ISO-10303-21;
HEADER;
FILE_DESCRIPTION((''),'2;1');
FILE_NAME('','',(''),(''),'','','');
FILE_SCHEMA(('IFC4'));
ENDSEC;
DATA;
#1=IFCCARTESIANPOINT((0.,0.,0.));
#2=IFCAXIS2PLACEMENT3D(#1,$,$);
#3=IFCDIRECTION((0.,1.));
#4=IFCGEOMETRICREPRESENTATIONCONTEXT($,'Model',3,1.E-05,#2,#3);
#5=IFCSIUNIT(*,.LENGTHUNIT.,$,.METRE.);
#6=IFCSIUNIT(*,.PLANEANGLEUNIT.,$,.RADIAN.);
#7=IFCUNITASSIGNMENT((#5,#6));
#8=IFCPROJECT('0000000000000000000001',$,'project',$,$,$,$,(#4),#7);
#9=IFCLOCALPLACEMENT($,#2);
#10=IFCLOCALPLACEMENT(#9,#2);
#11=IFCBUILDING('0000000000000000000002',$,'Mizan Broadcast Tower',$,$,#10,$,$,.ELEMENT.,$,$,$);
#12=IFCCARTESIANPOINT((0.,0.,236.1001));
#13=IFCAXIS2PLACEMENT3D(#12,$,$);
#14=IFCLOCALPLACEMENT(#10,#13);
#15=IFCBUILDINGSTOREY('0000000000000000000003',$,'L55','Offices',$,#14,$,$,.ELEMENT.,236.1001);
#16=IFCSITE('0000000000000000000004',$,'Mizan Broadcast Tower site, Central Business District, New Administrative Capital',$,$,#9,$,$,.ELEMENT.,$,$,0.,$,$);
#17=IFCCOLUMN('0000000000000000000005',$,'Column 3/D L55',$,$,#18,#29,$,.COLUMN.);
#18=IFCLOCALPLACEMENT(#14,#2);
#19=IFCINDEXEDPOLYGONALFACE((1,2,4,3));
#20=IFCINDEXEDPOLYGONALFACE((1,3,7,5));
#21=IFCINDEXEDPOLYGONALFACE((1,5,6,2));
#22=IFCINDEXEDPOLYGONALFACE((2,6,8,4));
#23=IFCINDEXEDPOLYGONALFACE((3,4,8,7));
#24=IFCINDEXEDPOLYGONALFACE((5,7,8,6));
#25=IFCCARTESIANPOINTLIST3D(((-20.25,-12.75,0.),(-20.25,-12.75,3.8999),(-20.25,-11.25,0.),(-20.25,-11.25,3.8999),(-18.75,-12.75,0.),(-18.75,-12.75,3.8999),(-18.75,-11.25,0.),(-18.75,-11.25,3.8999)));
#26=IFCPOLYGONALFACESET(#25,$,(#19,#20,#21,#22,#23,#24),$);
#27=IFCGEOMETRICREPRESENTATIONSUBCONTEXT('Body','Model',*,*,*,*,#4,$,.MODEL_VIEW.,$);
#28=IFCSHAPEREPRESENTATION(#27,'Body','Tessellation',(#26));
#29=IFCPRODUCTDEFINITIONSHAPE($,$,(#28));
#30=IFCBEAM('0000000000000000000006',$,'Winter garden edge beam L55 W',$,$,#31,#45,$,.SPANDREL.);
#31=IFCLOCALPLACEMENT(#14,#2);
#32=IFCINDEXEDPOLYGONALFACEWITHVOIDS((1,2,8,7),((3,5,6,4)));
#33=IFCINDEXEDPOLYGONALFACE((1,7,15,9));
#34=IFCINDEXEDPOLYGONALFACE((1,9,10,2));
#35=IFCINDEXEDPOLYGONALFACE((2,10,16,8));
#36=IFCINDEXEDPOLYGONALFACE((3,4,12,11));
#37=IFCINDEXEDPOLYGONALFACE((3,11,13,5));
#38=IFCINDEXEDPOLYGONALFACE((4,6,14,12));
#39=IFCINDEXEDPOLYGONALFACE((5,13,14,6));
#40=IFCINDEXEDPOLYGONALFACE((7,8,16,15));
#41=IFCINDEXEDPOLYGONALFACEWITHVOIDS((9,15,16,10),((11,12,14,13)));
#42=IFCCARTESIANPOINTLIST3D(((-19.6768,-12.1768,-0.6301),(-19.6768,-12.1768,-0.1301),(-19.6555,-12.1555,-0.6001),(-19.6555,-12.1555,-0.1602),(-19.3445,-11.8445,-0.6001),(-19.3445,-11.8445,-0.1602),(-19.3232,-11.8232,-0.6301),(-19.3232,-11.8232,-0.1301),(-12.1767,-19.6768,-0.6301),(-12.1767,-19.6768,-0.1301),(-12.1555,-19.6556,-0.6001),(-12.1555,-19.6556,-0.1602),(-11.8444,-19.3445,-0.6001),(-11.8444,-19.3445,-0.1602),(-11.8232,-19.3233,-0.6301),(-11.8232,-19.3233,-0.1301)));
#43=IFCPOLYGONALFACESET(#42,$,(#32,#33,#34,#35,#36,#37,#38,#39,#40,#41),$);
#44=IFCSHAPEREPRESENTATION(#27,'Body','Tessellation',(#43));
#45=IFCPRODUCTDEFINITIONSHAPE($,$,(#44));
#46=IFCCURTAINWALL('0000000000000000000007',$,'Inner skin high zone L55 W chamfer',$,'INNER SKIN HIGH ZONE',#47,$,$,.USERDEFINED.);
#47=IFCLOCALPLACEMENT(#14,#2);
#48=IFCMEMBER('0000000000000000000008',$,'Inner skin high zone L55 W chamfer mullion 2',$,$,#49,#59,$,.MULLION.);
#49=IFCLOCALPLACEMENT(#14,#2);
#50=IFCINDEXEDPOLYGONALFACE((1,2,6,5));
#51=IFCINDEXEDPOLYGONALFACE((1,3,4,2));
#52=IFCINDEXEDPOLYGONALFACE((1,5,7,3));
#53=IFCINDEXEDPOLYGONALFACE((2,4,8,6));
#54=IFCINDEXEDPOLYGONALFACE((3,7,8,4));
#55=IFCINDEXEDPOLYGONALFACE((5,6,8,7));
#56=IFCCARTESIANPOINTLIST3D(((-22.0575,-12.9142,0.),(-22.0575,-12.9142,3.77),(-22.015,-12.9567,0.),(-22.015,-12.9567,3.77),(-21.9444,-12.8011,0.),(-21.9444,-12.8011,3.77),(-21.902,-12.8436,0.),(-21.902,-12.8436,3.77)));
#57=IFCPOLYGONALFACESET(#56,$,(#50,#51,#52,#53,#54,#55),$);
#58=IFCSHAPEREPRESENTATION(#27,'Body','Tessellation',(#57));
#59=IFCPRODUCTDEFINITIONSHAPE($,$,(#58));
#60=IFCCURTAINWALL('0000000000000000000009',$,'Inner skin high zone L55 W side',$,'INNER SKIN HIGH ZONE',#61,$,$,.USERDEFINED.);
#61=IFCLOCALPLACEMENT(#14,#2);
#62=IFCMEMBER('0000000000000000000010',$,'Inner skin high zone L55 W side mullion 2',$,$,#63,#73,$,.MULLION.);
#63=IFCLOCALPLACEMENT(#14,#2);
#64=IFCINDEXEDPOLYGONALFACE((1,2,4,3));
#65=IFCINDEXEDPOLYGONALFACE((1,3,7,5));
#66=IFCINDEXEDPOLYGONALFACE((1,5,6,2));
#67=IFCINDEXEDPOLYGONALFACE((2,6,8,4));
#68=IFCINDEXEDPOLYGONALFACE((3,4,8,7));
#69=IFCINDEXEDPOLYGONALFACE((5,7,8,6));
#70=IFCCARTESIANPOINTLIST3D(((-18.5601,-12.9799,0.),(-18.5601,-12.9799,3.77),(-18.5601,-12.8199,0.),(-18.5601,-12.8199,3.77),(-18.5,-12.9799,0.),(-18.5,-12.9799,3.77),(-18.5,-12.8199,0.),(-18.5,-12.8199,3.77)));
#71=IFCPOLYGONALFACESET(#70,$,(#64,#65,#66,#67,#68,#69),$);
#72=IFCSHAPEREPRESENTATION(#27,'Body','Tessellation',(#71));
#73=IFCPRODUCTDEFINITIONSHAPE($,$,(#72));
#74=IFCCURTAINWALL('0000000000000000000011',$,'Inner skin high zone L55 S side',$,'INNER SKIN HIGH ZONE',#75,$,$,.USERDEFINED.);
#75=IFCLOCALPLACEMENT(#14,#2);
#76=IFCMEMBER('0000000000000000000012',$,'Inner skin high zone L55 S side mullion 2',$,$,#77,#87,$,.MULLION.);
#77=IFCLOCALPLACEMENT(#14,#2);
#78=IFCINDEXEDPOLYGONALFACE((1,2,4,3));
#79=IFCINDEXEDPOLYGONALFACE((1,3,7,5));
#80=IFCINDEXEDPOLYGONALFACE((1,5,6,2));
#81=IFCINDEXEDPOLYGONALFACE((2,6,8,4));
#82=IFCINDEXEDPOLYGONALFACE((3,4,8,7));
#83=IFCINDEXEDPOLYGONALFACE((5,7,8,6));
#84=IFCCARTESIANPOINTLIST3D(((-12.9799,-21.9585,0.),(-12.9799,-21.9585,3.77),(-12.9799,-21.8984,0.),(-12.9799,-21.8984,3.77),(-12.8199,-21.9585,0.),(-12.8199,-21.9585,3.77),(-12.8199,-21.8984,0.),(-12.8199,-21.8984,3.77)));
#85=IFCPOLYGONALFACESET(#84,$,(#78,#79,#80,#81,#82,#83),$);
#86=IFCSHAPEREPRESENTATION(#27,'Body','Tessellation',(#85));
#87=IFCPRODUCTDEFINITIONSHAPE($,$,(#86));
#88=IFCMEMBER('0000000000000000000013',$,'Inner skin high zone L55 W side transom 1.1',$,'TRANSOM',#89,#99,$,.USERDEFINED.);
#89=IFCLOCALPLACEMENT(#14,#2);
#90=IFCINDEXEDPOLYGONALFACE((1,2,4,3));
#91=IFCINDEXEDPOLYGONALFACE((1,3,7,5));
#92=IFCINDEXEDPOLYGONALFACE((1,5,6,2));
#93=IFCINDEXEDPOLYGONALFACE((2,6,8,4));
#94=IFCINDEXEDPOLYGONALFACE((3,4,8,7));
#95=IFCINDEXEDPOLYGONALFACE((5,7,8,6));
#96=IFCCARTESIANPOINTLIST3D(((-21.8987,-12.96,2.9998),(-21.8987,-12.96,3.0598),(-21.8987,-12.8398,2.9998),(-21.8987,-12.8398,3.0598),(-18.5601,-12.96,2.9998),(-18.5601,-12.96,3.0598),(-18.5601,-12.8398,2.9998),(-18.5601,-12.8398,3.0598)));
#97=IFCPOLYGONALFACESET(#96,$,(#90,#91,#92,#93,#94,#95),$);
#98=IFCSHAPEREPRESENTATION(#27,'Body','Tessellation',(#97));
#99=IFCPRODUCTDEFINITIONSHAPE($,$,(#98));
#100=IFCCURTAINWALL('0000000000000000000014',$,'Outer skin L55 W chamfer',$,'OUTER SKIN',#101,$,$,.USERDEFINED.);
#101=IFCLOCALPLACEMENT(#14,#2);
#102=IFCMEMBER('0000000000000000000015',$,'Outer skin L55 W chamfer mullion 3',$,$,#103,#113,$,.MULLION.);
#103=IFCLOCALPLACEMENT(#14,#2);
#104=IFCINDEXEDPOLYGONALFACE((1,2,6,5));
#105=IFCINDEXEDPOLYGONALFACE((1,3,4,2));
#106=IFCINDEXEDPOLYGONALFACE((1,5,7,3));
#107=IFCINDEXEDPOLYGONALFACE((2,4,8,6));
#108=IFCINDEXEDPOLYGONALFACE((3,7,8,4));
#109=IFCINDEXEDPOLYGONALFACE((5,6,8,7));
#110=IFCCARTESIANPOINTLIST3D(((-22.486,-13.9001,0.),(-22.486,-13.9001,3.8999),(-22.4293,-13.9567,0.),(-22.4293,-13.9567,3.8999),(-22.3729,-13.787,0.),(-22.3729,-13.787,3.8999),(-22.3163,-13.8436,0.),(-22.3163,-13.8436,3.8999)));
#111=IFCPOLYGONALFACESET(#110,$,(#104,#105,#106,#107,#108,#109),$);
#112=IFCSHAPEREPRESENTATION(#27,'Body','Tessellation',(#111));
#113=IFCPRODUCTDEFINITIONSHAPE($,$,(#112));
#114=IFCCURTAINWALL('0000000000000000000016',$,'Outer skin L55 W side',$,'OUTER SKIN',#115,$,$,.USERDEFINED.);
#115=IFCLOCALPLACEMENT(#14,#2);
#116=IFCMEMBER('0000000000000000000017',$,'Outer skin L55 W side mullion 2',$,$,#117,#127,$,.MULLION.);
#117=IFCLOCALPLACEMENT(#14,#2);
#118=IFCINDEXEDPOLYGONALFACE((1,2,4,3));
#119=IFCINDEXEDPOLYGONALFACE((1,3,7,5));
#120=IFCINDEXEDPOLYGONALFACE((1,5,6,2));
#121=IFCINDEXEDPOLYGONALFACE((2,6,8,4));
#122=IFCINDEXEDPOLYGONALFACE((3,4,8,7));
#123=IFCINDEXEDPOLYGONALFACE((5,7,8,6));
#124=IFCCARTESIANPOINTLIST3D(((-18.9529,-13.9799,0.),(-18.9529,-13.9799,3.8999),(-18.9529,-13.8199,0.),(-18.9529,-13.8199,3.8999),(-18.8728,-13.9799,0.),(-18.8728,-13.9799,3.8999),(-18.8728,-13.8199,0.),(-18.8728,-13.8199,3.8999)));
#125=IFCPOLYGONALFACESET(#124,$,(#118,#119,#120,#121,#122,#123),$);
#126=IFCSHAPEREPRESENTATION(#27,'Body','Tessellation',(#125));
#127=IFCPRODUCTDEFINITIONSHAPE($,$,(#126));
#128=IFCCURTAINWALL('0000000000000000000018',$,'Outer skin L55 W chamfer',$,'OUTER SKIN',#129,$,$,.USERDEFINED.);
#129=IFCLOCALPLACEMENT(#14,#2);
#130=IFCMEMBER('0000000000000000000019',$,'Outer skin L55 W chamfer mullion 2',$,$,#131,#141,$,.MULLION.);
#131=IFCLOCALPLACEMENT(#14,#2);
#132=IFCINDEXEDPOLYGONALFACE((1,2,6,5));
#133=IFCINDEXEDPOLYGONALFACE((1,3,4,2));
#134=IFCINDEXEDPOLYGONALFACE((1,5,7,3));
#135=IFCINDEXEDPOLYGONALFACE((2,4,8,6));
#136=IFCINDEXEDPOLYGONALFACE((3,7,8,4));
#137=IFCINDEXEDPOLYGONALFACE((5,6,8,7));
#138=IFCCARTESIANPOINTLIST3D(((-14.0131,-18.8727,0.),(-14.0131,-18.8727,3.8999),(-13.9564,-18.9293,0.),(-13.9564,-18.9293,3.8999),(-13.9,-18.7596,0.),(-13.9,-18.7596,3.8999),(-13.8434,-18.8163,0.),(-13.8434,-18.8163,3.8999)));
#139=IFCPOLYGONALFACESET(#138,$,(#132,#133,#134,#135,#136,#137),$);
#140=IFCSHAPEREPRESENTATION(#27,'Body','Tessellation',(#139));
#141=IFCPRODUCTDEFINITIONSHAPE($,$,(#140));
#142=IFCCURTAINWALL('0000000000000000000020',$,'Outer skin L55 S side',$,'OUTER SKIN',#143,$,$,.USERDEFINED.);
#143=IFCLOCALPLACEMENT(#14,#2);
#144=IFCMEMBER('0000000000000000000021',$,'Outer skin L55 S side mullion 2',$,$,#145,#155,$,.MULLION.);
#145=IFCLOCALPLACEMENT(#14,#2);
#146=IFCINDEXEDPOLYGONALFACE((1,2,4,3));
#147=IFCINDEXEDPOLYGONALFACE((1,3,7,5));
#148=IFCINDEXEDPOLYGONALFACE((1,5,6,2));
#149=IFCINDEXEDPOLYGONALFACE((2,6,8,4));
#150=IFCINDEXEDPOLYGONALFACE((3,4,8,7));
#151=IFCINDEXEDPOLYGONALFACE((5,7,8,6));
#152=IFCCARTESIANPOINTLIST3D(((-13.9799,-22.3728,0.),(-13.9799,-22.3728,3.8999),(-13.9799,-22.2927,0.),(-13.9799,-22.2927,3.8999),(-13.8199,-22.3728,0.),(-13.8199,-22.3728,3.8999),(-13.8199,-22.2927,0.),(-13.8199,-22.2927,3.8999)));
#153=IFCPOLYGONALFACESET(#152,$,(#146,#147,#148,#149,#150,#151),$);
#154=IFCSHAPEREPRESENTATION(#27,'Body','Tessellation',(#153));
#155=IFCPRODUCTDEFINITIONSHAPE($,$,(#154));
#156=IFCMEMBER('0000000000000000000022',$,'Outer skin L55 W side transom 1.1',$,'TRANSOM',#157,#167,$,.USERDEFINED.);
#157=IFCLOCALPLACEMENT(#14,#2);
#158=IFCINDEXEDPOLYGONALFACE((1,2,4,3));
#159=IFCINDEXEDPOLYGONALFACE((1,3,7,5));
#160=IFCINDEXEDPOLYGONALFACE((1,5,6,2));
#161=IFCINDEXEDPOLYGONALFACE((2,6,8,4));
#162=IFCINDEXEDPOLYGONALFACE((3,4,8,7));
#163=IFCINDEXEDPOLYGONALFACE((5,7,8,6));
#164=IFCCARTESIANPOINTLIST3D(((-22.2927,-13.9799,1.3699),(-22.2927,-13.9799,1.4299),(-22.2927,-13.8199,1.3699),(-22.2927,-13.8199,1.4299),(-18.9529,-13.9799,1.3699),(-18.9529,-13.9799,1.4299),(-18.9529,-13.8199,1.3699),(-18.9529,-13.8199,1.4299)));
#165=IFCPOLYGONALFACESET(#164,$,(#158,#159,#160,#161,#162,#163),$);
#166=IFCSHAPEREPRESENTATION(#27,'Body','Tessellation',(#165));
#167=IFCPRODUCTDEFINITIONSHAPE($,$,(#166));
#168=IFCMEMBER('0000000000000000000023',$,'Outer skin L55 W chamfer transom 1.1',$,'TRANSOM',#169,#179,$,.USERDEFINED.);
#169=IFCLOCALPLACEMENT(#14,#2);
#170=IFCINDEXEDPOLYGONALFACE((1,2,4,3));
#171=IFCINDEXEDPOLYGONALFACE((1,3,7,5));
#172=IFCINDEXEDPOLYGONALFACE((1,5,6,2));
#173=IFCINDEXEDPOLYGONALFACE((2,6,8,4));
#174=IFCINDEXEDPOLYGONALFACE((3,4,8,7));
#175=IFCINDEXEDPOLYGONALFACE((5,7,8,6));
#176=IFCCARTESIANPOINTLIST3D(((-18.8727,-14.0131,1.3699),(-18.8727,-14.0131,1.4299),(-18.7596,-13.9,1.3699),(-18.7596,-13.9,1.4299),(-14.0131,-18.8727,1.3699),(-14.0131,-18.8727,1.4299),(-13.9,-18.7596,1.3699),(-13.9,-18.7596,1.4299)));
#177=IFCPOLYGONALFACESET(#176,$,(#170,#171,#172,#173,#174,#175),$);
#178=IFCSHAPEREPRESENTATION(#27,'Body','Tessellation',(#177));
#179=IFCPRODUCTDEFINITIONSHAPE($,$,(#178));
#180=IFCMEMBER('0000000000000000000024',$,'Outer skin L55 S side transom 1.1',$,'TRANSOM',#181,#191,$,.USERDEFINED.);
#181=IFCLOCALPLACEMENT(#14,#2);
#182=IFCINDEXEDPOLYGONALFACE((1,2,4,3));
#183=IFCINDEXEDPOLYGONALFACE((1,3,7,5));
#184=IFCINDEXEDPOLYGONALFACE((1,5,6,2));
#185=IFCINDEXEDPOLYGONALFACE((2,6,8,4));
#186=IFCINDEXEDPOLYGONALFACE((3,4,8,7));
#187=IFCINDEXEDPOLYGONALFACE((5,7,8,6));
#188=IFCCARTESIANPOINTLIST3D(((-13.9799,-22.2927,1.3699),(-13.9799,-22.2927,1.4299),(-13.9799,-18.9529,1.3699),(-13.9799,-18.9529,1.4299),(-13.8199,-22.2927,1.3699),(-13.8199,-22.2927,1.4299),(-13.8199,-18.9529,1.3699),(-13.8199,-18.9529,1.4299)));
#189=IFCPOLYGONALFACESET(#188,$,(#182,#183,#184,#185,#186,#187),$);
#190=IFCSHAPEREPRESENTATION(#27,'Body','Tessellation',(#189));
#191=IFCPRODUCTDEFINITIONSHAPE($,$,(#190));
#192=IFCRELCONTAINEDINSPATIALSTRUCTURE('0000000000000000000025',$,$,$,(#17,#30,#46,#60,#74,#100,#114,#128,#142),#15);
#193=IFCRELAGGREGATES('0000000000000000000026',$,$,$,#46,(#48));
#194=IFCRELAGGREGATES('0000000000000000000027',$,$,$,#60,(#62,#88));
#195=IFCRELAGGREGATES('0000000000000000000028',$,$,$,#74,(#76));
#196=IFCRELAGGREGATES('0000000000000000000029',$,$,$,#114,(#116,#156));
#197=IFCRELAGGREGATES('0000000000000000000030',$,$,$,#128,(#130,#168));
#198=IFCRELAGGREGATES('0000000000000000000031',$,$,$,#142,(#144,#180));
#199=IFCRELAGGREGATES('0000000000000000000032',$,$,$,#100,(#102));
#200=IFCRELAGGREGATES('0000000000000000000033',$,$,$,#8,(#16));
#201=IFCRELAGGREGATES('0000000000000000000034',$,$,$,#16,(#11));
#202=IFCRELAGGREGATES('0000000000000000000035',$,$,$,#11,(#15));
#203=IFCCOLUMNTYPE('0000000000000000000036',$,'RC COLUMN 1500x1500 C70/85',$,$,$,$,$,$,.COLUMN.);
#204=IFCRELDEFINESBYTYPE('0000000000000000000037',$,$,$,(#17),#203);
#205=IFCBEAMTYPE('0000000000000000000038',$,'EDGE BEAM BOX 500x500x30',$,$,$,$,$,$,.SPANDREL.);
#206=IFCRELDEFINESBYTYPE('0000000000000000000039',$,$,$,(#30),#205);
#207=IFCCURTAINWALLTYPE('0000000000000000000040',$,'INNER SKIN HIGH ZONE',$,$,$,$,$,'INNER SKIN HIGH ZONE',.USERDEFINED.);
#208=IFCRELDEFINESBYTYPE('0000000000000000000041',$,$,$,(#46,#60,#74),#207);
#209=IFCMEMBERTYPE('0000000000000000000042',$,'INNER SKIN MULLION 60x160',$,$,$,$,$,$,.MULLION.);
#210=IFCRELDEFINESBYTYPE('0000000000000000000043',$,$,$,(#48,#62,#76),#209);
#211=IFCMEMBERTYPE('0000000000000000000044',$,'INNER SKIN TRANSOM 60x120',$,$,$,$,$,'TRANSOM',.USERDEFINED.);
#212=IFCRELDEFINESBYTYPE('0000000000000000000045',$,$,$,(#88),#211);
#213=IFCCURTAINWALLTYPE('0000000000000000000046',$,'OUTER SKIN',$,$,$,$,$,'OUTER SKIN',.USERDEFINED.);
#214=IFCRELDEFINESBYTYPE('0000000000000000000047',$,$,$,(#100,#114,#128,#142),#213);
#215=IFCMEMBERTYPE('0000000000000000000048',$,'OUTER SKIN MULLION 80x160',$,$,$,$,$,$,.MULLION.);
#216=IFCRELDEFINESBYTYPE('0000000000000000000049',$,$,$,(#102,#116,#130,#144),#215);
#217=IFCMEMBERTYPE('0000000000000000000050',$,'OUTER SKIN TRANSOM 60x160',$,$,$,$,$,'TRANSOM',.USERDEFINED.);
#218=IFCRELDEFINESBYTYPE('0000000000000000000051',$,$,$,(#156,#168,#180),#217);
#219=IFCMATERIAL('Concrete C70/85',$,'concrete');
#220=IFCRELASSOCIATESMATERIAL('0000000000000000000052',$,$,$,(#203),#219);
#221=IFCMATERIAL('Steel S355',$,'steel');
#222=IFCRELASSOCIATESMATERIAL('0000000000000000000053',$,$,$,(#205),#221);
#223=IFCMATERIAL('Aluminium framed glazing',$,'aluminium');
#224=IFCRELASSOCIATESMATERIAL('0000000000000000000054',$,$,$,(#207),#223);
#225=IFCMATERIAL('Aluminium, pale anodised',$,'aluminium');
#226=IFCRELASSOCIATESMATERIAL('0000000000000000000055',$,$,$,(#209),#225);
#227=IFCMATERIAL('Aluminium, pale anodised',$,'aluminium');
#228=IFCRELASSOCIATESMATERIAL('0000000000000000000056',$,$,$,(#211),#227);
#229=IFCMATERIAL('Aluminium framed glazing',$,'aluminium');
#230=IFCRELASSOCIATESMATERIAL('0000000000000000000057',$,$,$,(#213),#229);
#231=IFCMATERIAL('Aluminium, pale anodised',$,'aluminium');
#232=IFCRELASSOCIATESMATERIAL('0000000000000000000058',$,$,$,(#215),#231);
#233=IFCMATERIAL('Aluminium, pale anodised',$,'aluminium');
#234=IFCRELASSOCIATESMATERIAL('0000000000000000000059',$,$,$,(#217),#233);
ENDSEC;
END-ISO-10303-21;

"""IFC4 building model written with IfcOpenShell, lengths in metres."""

from ifc_helpers import new_model, si_unit, direction, frame, origin, origin_2d, place, context, subcontext, project, spatial, rectangle, hollow_rectangle, extrude, material, material_profile, profile_set, type_object, element, aggregate, save


model = new_model("IFC4")

# Units and contexts
model_context = context("Model", 3, precision=1e-05, world=origin(), true_north=direction((0.0, 1.0)))
body_context = subcontext(model_context, "Body", "Model", "MODEL_VIEW")
ifc_project = project(units=[si_unit("LENGTHUNIT", "METRE"), si_unit("PLANEANGLEUNIT", "RADIAN")], contexts=[model_context])

# Site, building, storey
site_placement = place(None, origin())
site = spatial("IfcSite", under=ifc_project, at=site_placement, Name="Mizan Broadcast Tower site, Central Business District, New Administrative Capital", CompositionType="ELEMENT", RefElevation=0.0)
building_placement = place(site_placement, origin())
building = spatial("IfcBuilding", under=site, at=building_placement, Name="Mizan Broadcast Tower", CompositionType="ELEMENT")
storey_placement = place(building_placement, frame((0.0, 0.0, 236.1001)))
storey = spatial("IfcBuildingStorey", under=building, at=storey_placement, Name="L55", Description="Offices", CompositionType="ELEMENT", Elevation=236.1001)

# Column
ifc_material_1 = material(Name="Concrete C70/85", Category="concrete")
ifc_material_profile_1 = material_profile(ifc_material_1, rectangle(XDim=1.5, YDim=1.5, at=origin_2d()), Name="RC 1500x1500")
ifc_profile_set_1 = profile_set([ifc_material_profile_1], Name="Concrete C70/85")
column_type = type_object("IfcColumnType", Name="RC COLUMN 1500x1500 C70/85", PredefinedType="COLUMN", material=ifc_profile_set_1)
column_placement = place(storey_placement, frame((-19.5, -12.0, 0.0), z_axis=(0.0, 0.0, 1.0), x_axis=(1.0, 0.0, 0.0)))
element("IfcColumn", 1, at=column_placement, inside=storey, type_object=column_type, Name="Column 3/D L55", PredefinedType="COLUMN", context=body_context, shape_type="SweptSolid", body=[
    extrude(rectangle(XDim=1.5, YDim=1.5, at=origin_2d()), origin(), (0.0, 0.0, 1.0), 3.8999),
])

# Beam
ifc_material_2 = material(Name="Steel S355", Category="steel")
ifc_material_profile_2 = material_profile(ifc_material_2, hollow_rectangle(XDim=0.5, YDim=0.5, WallThickness=0.03, at=origin_2d()), Name="BOX 500x500x30")
ifc_profile_set_2 = profile_set([ifc_material_profile_2], Name="Steel S355")
beam_type = type_object("IfcBeamType", Name="EDGE BEAM BOX 500x500x30", PredefinedType="SPANDREL", material=ifc_profile_set_2)
beam_placement = place(storey_placement, frame((-19.5, -12.0, -0.3801), z_axis=(0.707107, -0.707107, 0.0), x_axis=(0.707107, 0.707107, 0.0)))
element("IfcBeam", 2, at=beam_placement, inside=storey, type_object=beam_type, Name="Winter garden edge beam L55 W", PredefinedType="SPANDREL", context=body_context, shape_type="SweptSolid", body=[
    extrude(hollow_rectangle(XDim=0.5, YDim=0.5, WallThickness=0.03, at=origin_2d()), origin(), (0.0, 0.0, 1.0), 10.6067),
])

# Curtain walls, members
ifc_material_3 = material(Name="Aluminium framed glazing", Category="aluminium")
curtain_wall_type_1 = type_object("IfcCurtainWallType", Name="INNER SKIN HIGH ZONE", ElementType="INNER SKIN HIGH ZONE", PredefinedType="USERDEFINED", material=ifc_material_3)
curtain_wall_1_placement = place(storey_placement, origin())
curtain_wall_1 = element("IfcCurtainWall", 3, at=curtain_wall_1_placement, inside=storey, type_object=curtain_wall_type_1, Name="Inner skin high zone L55 W chamfer", ObjectType="INNER SKIN HIGH ZONE", PredefinedType="USERDEFINED")
ifc_material_4 = material(Name="Aluminium, pale anodised", Category="aluminium")
ifc_material_profile_3 = material_profile(ifc_material_4, rectangle(XDim=0.1599, YDim=0.0601, at=origin_2d()), Name="MULLION 160x60")
ifc_profile_set_3 = profile_set([ifc_material_profile_3], Name="Aluminium, pale anodised")
member_type_1 = type_object("IfcMemberType", Name="INNER SKIN MULLION 60x160", PredefinedType="MULLION", material=ifc_profile_set_3)
member_1_placement = place(storey_placement, frame((-21.9797, -12.8789, 0.0), z_axis=(0.0, 0.0, 1.0), x_axis=(0.707107, 0.707107, 0.0)))
member_1 = element("IfcMember", 4, at=member_1_placement, type_object=member_type_1, Name="Inner skin high zone L55 W chamfer mullion 2", PredefinedType="MULLION", context=body_context, shape_type="SweptSolid", body=[
    extrude(rectangle(XDim=0.1599, YDim=0.0601, at=origin_2d()), origin(), (0.0, 0.0, 1.0), 3.77),
])
aggregate(curtain_wall_1, [member_1])
curtain_wall_2_placement = place(storey_placement, origin())
curtain_wall_2 = element("IfcCurtainWall", 5, at=curtain_wall_2_placement, inside=storey, type_object=curtain_wall_type_1, Name="Inner skin high zone L55 W side", ObjectType="INNER SKIN HIGH ZONE", PredefinedType="USERDEFINED")
member_2_placement = place(storey_placement, frame((-18.53, -12.8999, 0.0), z_axis=(0.0, 0.0, 1.0), x_axis=(0.0, 1.0, 0.0)))
member_2 = element("IfcMember", 6, at=member_2_placement, type_object=member_type_1, Name="Inner skin high zone L55 W side mullion 2", PredefinedType="MULLION", context=body_context, shape_type="SweptSolid", body=[
    extrude(rectangle(XDim=0.1599, YDim=0.0601, at=origin_2d()), origin(), (0.0, 0.0, 1.0), 3.77),
])
curtain_wall_3_placement = place(storey_placement, origin())
curtain_wall_3 = element("IfcCurtainWall", 7, at=curtain_wall_3_placement, inside=storey, type_object=curtain_wall_type_1, Name="Inner skin high zone L55 S side", ObjectType="INNER SKIN HIGH ZONE", PredefinedType="USERDEFINED")
member_3_placement = place(storey_placement, frame((-12.8999, -21.9285, 0.0), z_axis=(0.0, 0.0, 1.0), x_axis=(1.0, 0.0, 0.0)))
member_3 = element("IfcMember", 8, at=member_3_placement, type_object=member_type_1, Name="Inner skin high zone L55 S side mullion 2", PredefinedType="MULLION", context=body_context, shape_type="SweptSolid", body=[
    extrude(rectangle(XDim=0.1599, YDim=0.0601, at=origin_2d()), origin(), (0.0, 0.0, 1.0), 3.77),
])

# Member
ifc_material_5 = material(Name="Aluminium, pale anodised", Category="aluminium")
ifc_material_profile_4 = material_profile(ifc_material_5, rectangle(XDim=0.1201, YDim=0.0601, at=origin_2d()), Name="TRANSOM 120x60")
ifc_profile_set_4 = profile_set([ifc_material_profile_4], Name="Aluminium, pale anodised")
member_type_2 = type_object("IfcMemberType", Name="INNER SKIN TRANSOM 60x120", ElementType="TRANSOM", PredefinedType="USERDEFINED", material=ifc_profile_set_4)
member_4_placement = place(storey_placement, frame((-21.8987, -12.8999, 3.0298), z_axis=(1.0, 0.0, 0.0), x_axis=(0.0, 1.0, 0.0)))
member_4 = element("IfcMember", 9, at=member_4_placement, type_object=member_type_2, Name="Inner skin high zone L55 W side transom 1.1", ObjectType="TRANSOM", PredefinedType="USERDEFINED", context=body_context, shape_type="SweptSolid", body=[
    extrude(rectangle(XDim=0.1201, YDim=0.0601, at=origin_2d()), origin(), (0.0, 0.0, 1.0), 3.3386),
])

# Curtain walls, members
ifc_material_6 = material(Name="Aluminium framed glazing", Category="aluminium")
curtain_wall_type_2 = type_object("IfcCurtainWallType", Name="OUTER SKIN", ElementType="OUTER SKIN", PredefinedType="USERDEFINED", material=ifc_material_6)
curtain_wall_4_placement = place(storey_placement, origin())
curtain_wall_4 = element("IfcCurtainWall", 10, at=curtain_wall_4_placement, inside=storey, type_object=curtain_wall_type_2, Name="Outer skin L55 W chamfer", ObjectType="OUTER SKIN", PredefinedType="USERDEFINED")
ifc_material_7 = material(Name="Aluminium, pale anodised", Category="aluminium")
ifc_material_profile_5 = material_profile(ifc_material_7, rectangle(XDim=0.1599, YDim=0.0801, at=origin_2d()), Name="MULLION 160x80")
ifc_profile_set_5 = profile_set([ifc_material_profile_5], Name="Aluminium, pale anodised")
member_type_3 = type_object("IfcMemberType", Name="OUTER SKIN MULLION 80x160", PredefinedType="MULLION", material=ifc_profile_set_5)
member_5_placement = place(storey_placement, frame((-22.4011, -13.8718, 0.0), z_axis=(0.0, 0.0, 1.0), x_axis=(0.707107, 0.707107, 0.0)))
member_5 = element("IfcMember", 11, at=member_5_placement, type_object=member_type_3, Name="Outer skin L55 W chamfer mullion 3", PredefinedType="MULLION", context=body_context, shape_type="SweptSolid", body=[
    extrude(rectangle(XDim=0.1599, YDim=0.0801, at=origin_2d()), origin(), (0.0, 0.0, 1.0), 3.8999),
])
curtain_wall_5_placement = place(storey_placement, origin())
curtain_wall_5 = element("IfcCurtainWall", 12, at=curtain_wall_5_placement, inside=storey, type_object=curtain_wall_type_2, Name="Outer skin L55 W side", ObjectType="OUTER SKIN", PredefinedType="USERDEFINED")
member_6_placement = place(storey_placement, frame((-18.9128, -13.8999, 0.0), z_axis=(0.0, 0.0, 1.0), x_axis=(0.0, 1.0, 0.0)))
member_6 = element("IfcMember", 13, at=member_6_placement, type_object=member_type_3, Name="Outer skin L55 W side mullion 2", PredefinedType="MULLION", context=body_context, shape_type="SweptSolid", body=[
    extrude(rectangle(XDim=0.1599, YDim=0.0801, at=origin_2d()), origin(), (0.0, 0.0, 1.0), 3.8999),
])
curtain_wall_6_placement = place(storey_placement, origin())
curtain_wall_6 = element("IfcCurtainWall", 14, at=curtain_wall_6_placement, inside=storey, type_object=curtain_wall_type_2, Name="Outer skin L55 W chamfer", ObjectType="OUTER SKIN", PredefinedType="USERDEFINED")
member_7_placement = place(storey_placement, frame((-13.9282, -18.8445, 0.0), z_axis=(0.0, 0.0, 1.0), x_axis=(0.707107, 0.707107, 0.0)))
member_7 = element("IfcMember", 15, at=member_7_placement, type_object=member_type_3, Name="Outer skin L55 W chamfer mullion 2", PredefinedType="MULLION", context=body_context, shape_type="SweptSolid", body=[
    extrude(rectangle(XDim=0.1599, YDim=0.0801, at=origin_2d()), origin(), (0.0, 0.0, 1.0), 3.8999),
])
curtain_wall_7_placement = place(storey_placement, origin())
curtain_wall_7 = element("IfcCurtainWall", 16, at=curtain_wall_7_placement, inside=storey, type_object=curtain_wall_type_2, Name="Outer skin L55 S side", ObjectType="OUTER SKIN", PredefinedType="USERDEFINED")
member_8_placement = place(storey_placement, frame((-13.8999, -22.3328, 0.0), z_axis=(0.0, 0.0, 1.0), x_axis=(1.0, 0.0, 0.0)))
member_8 = element("IfcMember", 17, at=member_8_placement, type_object=member_type_3, Name="Outer skin L55 S side mullion 2", PredefinedType="MULLION", context=body_context, shape_type="SweptSolid", body=[
    extrude(rectangle(XDim=0.1599, YDim=0.0801, at=origin_2d()), origin(), (0.0, 0.0, 1.0), 3.8999),
])

# Members
ifc_material_8 = material(Name="Aluminium, pale anodised", Category="aluminium")
ifc_material_profile_6 = material_profile(ifc_material_8, rectangle(XDim=0.1599, YDim=0.0601, at=origin_2d()), Name="TRANSOM 160x60")
ifc_profile_set_6 = profile_set([ifc_material_profile_6], Name="Aluminium, pale anodised")
member_type_4 = type_object("IfcMemberType", Name="OUTER SKIN TRANSOM 60x160", ElementType="TRANSOM", PredefinedType="USERDEFINED", material=ifc_profile_set_6)
member_9_placement = place(storey_placement, frame((-22.2927, -13.8999, 1.3999), z_axis=(1.0, 0.0, 0.0), x_axis=(0.0, 1.0, 0.0)))
member_9 = element("IfcMember", 18, at=member_9_placement, type_object=member_type_4, Name="Outer skin L55 W side transom 1.1", ObjectType="TRANSOM", PredefinedType="USERDEFINED", context=body_context, shape_type="SweptSolid", body=[
    extrude(rectangle(XDim=0.1599, YDim=0.0601, at=origin_2d()), origin(), (0.0, 0.0, 1.0), 3.3398),
])
member_10_placement = place(storey_placement, frame((-18.8162, -13.9565, 1.3999), z_axis=(0.707107, -0.707107, 0.0), x_axis=(0.707107, 0.707107, 0.0)))
member_10 = element("IfcMember", 19, at=member_10_placement, type_object=member_type_4, Name="Outer skin L55 W chamfer transom 1.1", ObjectType="TRANSOM", PredefinedType="USERDEFINED", context=body_context, shape_type="SweptSolid", body=[
    extrude(rectangle(XDim=0.1599, YDim=0.0601, at=origin_2d()), origin(), (0.0, 0.0, 1.0), 6.8726),
])
member_11_placement = place(storey_placement, frame((-13.8999, -18.9529, 1.3999), z_axis=(0.0, -1.0, 0.0), x_axis=(1.0, 0.0, 0.0)))
member_11 = element("IfcMember", 20, at=member_11_placement, type_object=member_type_4, Name="Outer skin L55 S side transom 1.1", ObjectType="TRANSOM", PredefinedType="USERDEFINED", context=body_context, shape_type="SweptSolid", body=[
    extrude(rectangle(XDim=0.1599, YDim=0.0601, at=origin_2d()), origin(), (0.0, 0.0, 1.0), 3.3398),
])

aggregate(curtain_wall_2, [member_2, member_4])
aggregate(curtain_wall_3, [member_3])
aggregate(curtain_wall_5, [member_6, member_9])
aggregate(curtain_wall_6, [member_7, member_10])
aggregate(curtain_wall_7, [member_8, member_11])
aggregate(curtain_wall_4, [member_5])

save(model, "model.ifc")
